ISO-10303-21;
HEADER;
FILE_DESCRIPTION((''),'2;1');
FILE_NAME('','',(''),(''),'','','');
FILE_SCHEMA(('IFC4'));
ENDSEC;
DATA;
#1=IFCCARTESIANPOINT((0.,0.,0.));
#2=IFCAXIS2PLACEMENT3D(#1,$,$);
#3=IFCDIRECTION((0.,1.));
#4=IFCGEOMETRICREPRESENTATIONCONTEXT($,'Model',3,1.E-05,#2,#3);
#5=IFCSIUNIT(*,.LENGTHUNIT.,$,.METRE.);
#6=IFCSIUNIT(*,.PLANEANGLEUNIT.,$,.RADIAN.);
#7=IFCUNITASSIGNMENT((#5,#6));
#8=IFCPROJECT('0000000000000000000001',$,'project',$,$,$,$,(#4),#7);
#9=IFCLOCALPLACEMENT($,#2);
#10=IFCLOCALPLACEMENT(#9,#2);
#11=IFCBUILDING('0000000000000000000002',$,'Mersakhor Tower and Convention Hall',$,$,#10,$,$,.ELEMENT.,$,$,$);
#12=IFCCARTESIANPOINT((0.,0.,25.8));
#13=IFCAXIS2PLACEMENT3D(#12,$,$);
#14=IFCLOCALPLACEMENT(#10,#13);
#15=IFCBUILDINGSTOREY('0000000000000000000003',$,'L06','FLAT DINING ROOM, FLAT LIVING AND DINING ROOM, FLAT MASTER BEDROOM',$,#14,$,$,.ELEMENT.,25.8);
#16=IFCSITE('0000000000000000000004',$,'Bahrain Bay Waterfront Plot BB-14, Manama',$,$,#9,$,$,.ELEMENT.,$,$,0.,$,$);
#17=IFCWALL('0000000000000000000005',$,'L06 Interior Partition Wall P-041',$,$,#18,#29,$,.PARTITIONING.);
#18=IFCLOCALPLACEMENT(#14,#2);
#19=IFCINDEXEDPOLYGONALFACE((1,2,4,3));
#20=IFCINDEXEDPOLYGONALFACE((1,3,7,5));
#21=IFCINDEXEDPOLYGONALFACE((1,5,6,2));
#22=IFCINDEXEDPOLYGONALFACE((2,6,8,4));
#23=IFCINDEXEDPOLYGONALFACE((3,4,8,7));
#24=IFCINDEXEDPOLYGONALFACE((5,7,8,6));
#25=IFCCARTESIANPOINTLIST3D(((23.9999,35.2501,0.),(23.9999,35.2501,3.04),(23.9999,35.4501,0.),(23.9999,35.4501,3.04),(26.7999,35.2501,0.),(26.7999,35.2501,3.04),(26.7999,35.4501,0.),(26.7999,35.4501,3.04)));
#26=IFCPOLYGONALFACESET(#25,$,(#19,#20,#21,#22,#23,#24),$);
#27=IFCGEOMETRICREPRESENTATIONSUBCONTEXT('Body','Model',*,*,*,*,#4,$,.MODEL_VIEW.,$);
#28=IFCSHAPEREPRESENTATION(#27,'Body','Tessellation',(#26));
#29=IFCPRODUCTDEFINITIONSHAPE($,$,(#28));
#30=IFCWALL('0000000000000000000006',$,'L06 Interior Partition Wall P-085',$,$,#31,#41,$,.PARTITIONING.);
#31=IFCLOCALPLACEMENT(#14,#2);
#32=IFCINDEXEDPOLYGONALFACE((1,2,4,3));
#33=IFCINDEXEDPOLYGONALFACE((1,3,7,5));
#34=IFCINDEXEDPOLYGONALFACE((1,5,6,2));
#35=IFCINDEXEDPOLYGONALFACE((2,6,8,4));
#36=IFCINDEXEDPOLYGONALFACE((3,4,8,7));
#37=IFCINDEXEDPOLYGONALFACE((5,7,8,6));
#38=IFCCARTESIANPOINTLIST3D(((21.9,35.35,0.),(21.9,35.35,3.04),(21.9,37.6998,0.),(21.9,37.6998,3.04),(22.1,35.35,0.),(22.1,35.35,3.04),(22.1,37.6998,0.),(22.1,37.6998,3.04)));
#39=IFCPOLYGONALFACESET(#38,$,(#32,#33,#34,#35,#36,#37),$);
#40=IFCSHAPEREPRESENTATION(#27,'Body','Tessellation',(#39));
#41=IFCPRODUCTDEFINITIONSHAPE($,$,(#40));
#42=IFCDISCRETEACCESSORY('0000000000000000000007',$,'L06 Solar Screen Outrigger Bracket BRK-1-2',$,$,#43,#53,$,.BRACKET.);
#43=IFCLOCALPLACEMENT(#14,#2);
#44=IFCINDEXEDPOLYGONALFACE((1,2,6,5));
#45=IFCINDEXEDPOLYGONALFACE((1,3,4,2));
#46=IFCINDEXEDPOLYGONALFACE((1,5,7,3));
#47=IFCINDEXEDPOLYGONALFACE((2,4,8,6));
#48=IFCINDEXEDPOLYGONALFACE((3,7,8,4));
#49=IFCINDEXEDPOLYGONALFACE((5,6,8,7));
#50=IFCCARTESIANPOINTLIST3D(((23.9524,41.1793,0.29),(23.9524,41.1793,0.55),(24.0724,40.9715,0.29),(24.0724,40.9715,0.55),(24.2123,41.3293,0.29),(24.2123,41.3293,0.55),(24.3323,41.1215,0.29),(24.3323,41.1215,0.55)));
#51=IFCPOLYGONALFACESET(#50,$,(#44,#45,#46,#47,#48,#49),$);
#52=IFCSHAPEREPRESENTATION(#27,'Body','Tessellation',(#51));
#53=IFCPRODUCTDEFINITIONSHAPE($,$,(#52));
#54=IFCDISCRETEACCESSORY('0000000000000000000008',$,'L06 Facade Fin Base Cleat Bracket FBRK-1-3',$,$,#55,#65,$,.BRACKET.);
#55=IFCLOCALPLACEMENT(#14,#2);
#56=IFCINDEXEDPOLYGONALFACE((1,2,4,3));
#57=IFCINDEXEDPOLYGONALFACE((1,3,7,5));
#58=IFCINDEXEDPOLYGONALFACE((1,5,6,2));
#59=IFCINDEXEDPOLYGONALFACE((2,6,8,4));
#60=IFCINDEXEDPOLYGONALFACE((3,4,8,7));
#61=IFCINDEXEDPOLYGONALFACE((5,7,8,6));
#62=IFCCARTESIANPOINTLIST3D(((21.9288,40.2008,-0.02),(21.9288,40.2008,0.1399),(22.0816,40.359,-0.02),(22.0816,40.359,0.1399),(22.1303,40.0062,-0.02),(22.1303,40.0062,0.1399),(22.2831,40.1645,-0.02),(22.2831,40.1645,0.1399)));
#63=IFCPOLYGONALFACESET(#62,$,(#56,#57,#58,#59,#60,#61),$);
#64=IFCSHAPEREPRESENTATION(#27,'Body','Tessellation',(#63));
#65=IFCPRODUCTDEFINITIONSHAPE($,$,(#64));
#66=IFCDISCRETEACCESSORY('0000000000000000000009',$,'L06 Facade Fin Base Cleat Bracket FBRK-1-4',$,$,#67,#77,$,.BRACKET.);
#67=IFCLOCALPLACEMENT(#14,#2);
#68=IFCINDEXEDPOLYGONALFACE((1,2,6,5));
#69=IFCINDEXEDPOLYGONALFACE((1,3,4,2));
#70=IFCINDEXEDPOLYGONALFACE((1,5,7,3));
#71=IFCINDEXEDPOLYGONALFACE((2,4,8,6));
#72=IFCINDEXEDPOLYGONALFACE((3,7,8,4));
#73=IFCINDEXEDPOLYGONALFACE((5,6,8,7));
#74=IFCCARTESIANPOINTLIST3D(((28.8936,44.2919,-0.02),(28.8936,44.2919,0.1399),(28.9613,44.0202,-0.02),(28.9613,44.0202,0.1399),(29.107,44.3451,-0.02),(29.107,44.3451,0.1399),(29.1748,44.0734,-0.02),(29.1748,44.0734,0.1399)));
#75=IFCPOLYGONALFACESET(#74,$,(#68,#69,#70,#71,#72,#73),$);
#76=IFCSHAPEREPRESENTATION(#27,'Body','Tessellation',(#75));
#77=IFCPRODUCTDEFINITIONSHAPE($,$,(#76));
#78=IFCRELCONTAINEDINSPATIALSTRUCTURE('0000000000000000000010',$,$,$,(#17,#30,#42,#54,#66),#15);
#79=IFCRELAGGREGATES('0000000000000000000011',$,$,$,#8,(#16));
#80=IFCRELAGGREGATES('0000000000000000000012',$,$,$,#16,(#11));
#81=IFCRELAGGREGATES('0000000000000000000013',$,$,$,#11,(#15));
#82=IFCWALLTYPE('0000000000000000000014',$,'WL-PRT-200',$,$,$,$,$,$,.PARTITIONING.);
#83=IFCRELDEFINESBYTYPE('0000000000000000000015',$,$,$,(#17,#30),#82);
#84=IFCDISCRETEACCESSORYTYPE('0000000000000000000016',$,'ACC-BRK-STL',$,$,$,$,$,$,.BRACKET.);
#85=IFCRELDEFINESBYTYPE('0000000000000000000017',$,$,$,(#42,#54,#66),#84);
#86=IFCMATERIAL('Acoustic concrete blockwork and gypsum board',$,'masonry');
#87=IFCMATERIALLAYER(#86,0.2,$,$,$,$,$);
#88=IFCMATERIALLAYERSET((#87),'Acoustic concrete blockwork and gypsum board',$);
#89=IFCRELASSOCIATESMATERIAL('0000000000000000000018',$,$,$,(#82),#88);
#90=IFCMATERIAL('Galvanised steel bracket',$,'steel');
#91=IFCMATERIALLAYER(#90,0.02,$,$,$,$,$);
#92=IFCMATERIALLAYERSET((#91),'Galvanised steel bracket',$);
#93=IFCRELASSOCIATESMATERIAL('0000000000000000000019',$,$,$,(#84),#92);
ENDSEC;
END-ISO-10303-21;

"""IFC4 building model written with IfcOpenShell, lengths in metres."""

from ifc_helpers import new_model, si_unit, direction, frame, frame_2d, origin, origin_2d, place, context, subcontext, project, spatial, rectangle, extrude, material, layer, layer_set, type_object, element, save


model = new_model("IFC4")

# Units and contexts
model_context = context("Model", 3, precision=1e-05, world=origin(), true_north=direction((0.0, 1.0)))
body_context = subcontext(model_context, "Body", "Model", "MODEL_VIEW")
ifc_project = project(units=[si_unit("LENGTHUNIT", "METRE"), si_unit("PLANEANGLEUNIT", "RADIAN")], contexts=[model_context])

# Site, building, storey
site_placement = place(None, origin())
site = spatial("IfcSite", under=ifc_project, at=site_placement, Name="Bahrain Bay Waterfront Plot BB-14, Manama", CompositionType="ELEMENT", RefElevation=0.0)
building_placement = place(site_placement, origin())
building = spatial("IfcBuilding", under=site, at=building_placement, Name="Mersakhor Tower and Convention Hall", CompositionType="ELEMENT")
storey_placement = place(building_placement, frame((0.0, 0.0, 25.8)))
storey = spatial("IfcBuildingStorey", under=building, at=storey_placement, Name="L06", Description="FLAT DINING ROOM, FLAT LIVING AND DINING ROOM, FLAT MASTER BEDROOM", CompositionType="ELEMENT", Elevation=25.8)

# Wall
ifc_material_1 = material(Name="Acoustic concrete blockwork and gypsum board", Category="masonry")
ifc_layer_1 = layer(ifc_material_1, 0.2)
ifc_layer_set_1 = layer_set([ifc_layer_1], Name="Acoustic concrete blockwork and gypsum board")
wall_type_1 = type_object("IfcWallType", Name="WL-PRT-200", PredefinedType="PARTITIONING", material=ifc_layer_set_1)
wall_1_placement = place(storey_placement, frame((24.0, 35.3501, 0.0), z_axis=(0.0, 0.0, 1.0), x_axis=(1.0, 0.0, 0.0)))
element("IfcWall", 1, at=wall_1_placement, inside=storey, type_object=wall_type_1, Name="L06 Interior Partition Wall P-041", PredefinedType="PARTITIONING", context=body_context, shape_type="SweptSolid", body=[
    extrude(rectangle(XDim=2.8, YDim=0.2, at=frame_2d((1.3999, 0.0))), origin(), (0.0, 0.0, 1.0), 3.04),
])

# Wall
wall_2_placement = place(storey_placement, frame((22.0, 35.3501, 0.0), z_axis=(0.0, 0.0, 1.0), x_axis=(0.0, 1.0, 0.0)))
element("IfcWall", 2, at=wall_2_placement, inside=storey, type_object=wall_type_1, Name="L06 Interior Partition Wall P-085", PredefinedType="PARTITIONING", context=body_context, shape_type="SweptSolid", body=[
    extrude(rectangle(XDim=2.3499, YDim=0.2, at=frame_2d((1.1748, 0.0))), origin(), (0.0, 0.0, 1.0), 3.04),
])

# Discrete accessories
ifc_material_2 = material(Name="Galvanised steel bracket", Category="steel")
ifc_layer_2 = layer(ifc_material_2, 0.02)
ifc_layer_set_2 = layer_set([ifc_layer_2], Name="Galvanised steel bracket")
discrete_accessory_type = type_object("IfcDiscreteAccessoryType", Name="ACC-BRK-STL", PredefinedType="BRACKET", material=ifc_layer_set_2)
discrete_accessory_placement = place(storey_placement, frame((24.1423, 41.1504, 0.29), z_axis=(0.0, 0.0, 1.0), x_axis=(0.866025, 0.5, 0.0)))
element("IfcDiscreteAccessory", 3, at=discrete_accessory_placement, inside=storey, type_object=discrete_accessory_type, Name="L06 Solar Screen Outrigger Bracket BRK-1-2", PredefinedType="BRACKET", context=body_context, shape_type="SweptSolid", body=[
    extrude(rectangle(XDim=0.3, YDim=0.24, at=origin_2d()), origin(), (0.0, 0.0, 1.0), 0.26),
])
for number, where, z_axis, x_axis, name in (
    (4, (22.106, 40.1826, -0.02), (0.0, 0.0, 1.0), (-0.71934, 0.694658, 0.0), "L06 Facade Fin Base Cleat Bracket FBRK-1-3"),
    (5, (29.0342, 44.1826, -0.02), (0.0, 0.0, 1.0), (-0.241922, 0.970296, 0.0), "L06 Facade Fin Base Cleat Bracket FBRK-1-4"),
):
    element("IfcDiscreteAccessory", number, at=place(storey_placement, frame(where, z_axis=z_axis, x_axis=x_axis)), inside=storey, type_object=discrete_accessory_type, Name=name, PredefinedType="BRACKET", context=body_context, shape_type="SweptSolid", body=[
        extrude(rectangle(XDim=0.28, YDim=0.22, at=origin_2d()), origin(), (0.0, 0.0, 1.0), 0.1599),
    ])

save(model, "model.ifc")
